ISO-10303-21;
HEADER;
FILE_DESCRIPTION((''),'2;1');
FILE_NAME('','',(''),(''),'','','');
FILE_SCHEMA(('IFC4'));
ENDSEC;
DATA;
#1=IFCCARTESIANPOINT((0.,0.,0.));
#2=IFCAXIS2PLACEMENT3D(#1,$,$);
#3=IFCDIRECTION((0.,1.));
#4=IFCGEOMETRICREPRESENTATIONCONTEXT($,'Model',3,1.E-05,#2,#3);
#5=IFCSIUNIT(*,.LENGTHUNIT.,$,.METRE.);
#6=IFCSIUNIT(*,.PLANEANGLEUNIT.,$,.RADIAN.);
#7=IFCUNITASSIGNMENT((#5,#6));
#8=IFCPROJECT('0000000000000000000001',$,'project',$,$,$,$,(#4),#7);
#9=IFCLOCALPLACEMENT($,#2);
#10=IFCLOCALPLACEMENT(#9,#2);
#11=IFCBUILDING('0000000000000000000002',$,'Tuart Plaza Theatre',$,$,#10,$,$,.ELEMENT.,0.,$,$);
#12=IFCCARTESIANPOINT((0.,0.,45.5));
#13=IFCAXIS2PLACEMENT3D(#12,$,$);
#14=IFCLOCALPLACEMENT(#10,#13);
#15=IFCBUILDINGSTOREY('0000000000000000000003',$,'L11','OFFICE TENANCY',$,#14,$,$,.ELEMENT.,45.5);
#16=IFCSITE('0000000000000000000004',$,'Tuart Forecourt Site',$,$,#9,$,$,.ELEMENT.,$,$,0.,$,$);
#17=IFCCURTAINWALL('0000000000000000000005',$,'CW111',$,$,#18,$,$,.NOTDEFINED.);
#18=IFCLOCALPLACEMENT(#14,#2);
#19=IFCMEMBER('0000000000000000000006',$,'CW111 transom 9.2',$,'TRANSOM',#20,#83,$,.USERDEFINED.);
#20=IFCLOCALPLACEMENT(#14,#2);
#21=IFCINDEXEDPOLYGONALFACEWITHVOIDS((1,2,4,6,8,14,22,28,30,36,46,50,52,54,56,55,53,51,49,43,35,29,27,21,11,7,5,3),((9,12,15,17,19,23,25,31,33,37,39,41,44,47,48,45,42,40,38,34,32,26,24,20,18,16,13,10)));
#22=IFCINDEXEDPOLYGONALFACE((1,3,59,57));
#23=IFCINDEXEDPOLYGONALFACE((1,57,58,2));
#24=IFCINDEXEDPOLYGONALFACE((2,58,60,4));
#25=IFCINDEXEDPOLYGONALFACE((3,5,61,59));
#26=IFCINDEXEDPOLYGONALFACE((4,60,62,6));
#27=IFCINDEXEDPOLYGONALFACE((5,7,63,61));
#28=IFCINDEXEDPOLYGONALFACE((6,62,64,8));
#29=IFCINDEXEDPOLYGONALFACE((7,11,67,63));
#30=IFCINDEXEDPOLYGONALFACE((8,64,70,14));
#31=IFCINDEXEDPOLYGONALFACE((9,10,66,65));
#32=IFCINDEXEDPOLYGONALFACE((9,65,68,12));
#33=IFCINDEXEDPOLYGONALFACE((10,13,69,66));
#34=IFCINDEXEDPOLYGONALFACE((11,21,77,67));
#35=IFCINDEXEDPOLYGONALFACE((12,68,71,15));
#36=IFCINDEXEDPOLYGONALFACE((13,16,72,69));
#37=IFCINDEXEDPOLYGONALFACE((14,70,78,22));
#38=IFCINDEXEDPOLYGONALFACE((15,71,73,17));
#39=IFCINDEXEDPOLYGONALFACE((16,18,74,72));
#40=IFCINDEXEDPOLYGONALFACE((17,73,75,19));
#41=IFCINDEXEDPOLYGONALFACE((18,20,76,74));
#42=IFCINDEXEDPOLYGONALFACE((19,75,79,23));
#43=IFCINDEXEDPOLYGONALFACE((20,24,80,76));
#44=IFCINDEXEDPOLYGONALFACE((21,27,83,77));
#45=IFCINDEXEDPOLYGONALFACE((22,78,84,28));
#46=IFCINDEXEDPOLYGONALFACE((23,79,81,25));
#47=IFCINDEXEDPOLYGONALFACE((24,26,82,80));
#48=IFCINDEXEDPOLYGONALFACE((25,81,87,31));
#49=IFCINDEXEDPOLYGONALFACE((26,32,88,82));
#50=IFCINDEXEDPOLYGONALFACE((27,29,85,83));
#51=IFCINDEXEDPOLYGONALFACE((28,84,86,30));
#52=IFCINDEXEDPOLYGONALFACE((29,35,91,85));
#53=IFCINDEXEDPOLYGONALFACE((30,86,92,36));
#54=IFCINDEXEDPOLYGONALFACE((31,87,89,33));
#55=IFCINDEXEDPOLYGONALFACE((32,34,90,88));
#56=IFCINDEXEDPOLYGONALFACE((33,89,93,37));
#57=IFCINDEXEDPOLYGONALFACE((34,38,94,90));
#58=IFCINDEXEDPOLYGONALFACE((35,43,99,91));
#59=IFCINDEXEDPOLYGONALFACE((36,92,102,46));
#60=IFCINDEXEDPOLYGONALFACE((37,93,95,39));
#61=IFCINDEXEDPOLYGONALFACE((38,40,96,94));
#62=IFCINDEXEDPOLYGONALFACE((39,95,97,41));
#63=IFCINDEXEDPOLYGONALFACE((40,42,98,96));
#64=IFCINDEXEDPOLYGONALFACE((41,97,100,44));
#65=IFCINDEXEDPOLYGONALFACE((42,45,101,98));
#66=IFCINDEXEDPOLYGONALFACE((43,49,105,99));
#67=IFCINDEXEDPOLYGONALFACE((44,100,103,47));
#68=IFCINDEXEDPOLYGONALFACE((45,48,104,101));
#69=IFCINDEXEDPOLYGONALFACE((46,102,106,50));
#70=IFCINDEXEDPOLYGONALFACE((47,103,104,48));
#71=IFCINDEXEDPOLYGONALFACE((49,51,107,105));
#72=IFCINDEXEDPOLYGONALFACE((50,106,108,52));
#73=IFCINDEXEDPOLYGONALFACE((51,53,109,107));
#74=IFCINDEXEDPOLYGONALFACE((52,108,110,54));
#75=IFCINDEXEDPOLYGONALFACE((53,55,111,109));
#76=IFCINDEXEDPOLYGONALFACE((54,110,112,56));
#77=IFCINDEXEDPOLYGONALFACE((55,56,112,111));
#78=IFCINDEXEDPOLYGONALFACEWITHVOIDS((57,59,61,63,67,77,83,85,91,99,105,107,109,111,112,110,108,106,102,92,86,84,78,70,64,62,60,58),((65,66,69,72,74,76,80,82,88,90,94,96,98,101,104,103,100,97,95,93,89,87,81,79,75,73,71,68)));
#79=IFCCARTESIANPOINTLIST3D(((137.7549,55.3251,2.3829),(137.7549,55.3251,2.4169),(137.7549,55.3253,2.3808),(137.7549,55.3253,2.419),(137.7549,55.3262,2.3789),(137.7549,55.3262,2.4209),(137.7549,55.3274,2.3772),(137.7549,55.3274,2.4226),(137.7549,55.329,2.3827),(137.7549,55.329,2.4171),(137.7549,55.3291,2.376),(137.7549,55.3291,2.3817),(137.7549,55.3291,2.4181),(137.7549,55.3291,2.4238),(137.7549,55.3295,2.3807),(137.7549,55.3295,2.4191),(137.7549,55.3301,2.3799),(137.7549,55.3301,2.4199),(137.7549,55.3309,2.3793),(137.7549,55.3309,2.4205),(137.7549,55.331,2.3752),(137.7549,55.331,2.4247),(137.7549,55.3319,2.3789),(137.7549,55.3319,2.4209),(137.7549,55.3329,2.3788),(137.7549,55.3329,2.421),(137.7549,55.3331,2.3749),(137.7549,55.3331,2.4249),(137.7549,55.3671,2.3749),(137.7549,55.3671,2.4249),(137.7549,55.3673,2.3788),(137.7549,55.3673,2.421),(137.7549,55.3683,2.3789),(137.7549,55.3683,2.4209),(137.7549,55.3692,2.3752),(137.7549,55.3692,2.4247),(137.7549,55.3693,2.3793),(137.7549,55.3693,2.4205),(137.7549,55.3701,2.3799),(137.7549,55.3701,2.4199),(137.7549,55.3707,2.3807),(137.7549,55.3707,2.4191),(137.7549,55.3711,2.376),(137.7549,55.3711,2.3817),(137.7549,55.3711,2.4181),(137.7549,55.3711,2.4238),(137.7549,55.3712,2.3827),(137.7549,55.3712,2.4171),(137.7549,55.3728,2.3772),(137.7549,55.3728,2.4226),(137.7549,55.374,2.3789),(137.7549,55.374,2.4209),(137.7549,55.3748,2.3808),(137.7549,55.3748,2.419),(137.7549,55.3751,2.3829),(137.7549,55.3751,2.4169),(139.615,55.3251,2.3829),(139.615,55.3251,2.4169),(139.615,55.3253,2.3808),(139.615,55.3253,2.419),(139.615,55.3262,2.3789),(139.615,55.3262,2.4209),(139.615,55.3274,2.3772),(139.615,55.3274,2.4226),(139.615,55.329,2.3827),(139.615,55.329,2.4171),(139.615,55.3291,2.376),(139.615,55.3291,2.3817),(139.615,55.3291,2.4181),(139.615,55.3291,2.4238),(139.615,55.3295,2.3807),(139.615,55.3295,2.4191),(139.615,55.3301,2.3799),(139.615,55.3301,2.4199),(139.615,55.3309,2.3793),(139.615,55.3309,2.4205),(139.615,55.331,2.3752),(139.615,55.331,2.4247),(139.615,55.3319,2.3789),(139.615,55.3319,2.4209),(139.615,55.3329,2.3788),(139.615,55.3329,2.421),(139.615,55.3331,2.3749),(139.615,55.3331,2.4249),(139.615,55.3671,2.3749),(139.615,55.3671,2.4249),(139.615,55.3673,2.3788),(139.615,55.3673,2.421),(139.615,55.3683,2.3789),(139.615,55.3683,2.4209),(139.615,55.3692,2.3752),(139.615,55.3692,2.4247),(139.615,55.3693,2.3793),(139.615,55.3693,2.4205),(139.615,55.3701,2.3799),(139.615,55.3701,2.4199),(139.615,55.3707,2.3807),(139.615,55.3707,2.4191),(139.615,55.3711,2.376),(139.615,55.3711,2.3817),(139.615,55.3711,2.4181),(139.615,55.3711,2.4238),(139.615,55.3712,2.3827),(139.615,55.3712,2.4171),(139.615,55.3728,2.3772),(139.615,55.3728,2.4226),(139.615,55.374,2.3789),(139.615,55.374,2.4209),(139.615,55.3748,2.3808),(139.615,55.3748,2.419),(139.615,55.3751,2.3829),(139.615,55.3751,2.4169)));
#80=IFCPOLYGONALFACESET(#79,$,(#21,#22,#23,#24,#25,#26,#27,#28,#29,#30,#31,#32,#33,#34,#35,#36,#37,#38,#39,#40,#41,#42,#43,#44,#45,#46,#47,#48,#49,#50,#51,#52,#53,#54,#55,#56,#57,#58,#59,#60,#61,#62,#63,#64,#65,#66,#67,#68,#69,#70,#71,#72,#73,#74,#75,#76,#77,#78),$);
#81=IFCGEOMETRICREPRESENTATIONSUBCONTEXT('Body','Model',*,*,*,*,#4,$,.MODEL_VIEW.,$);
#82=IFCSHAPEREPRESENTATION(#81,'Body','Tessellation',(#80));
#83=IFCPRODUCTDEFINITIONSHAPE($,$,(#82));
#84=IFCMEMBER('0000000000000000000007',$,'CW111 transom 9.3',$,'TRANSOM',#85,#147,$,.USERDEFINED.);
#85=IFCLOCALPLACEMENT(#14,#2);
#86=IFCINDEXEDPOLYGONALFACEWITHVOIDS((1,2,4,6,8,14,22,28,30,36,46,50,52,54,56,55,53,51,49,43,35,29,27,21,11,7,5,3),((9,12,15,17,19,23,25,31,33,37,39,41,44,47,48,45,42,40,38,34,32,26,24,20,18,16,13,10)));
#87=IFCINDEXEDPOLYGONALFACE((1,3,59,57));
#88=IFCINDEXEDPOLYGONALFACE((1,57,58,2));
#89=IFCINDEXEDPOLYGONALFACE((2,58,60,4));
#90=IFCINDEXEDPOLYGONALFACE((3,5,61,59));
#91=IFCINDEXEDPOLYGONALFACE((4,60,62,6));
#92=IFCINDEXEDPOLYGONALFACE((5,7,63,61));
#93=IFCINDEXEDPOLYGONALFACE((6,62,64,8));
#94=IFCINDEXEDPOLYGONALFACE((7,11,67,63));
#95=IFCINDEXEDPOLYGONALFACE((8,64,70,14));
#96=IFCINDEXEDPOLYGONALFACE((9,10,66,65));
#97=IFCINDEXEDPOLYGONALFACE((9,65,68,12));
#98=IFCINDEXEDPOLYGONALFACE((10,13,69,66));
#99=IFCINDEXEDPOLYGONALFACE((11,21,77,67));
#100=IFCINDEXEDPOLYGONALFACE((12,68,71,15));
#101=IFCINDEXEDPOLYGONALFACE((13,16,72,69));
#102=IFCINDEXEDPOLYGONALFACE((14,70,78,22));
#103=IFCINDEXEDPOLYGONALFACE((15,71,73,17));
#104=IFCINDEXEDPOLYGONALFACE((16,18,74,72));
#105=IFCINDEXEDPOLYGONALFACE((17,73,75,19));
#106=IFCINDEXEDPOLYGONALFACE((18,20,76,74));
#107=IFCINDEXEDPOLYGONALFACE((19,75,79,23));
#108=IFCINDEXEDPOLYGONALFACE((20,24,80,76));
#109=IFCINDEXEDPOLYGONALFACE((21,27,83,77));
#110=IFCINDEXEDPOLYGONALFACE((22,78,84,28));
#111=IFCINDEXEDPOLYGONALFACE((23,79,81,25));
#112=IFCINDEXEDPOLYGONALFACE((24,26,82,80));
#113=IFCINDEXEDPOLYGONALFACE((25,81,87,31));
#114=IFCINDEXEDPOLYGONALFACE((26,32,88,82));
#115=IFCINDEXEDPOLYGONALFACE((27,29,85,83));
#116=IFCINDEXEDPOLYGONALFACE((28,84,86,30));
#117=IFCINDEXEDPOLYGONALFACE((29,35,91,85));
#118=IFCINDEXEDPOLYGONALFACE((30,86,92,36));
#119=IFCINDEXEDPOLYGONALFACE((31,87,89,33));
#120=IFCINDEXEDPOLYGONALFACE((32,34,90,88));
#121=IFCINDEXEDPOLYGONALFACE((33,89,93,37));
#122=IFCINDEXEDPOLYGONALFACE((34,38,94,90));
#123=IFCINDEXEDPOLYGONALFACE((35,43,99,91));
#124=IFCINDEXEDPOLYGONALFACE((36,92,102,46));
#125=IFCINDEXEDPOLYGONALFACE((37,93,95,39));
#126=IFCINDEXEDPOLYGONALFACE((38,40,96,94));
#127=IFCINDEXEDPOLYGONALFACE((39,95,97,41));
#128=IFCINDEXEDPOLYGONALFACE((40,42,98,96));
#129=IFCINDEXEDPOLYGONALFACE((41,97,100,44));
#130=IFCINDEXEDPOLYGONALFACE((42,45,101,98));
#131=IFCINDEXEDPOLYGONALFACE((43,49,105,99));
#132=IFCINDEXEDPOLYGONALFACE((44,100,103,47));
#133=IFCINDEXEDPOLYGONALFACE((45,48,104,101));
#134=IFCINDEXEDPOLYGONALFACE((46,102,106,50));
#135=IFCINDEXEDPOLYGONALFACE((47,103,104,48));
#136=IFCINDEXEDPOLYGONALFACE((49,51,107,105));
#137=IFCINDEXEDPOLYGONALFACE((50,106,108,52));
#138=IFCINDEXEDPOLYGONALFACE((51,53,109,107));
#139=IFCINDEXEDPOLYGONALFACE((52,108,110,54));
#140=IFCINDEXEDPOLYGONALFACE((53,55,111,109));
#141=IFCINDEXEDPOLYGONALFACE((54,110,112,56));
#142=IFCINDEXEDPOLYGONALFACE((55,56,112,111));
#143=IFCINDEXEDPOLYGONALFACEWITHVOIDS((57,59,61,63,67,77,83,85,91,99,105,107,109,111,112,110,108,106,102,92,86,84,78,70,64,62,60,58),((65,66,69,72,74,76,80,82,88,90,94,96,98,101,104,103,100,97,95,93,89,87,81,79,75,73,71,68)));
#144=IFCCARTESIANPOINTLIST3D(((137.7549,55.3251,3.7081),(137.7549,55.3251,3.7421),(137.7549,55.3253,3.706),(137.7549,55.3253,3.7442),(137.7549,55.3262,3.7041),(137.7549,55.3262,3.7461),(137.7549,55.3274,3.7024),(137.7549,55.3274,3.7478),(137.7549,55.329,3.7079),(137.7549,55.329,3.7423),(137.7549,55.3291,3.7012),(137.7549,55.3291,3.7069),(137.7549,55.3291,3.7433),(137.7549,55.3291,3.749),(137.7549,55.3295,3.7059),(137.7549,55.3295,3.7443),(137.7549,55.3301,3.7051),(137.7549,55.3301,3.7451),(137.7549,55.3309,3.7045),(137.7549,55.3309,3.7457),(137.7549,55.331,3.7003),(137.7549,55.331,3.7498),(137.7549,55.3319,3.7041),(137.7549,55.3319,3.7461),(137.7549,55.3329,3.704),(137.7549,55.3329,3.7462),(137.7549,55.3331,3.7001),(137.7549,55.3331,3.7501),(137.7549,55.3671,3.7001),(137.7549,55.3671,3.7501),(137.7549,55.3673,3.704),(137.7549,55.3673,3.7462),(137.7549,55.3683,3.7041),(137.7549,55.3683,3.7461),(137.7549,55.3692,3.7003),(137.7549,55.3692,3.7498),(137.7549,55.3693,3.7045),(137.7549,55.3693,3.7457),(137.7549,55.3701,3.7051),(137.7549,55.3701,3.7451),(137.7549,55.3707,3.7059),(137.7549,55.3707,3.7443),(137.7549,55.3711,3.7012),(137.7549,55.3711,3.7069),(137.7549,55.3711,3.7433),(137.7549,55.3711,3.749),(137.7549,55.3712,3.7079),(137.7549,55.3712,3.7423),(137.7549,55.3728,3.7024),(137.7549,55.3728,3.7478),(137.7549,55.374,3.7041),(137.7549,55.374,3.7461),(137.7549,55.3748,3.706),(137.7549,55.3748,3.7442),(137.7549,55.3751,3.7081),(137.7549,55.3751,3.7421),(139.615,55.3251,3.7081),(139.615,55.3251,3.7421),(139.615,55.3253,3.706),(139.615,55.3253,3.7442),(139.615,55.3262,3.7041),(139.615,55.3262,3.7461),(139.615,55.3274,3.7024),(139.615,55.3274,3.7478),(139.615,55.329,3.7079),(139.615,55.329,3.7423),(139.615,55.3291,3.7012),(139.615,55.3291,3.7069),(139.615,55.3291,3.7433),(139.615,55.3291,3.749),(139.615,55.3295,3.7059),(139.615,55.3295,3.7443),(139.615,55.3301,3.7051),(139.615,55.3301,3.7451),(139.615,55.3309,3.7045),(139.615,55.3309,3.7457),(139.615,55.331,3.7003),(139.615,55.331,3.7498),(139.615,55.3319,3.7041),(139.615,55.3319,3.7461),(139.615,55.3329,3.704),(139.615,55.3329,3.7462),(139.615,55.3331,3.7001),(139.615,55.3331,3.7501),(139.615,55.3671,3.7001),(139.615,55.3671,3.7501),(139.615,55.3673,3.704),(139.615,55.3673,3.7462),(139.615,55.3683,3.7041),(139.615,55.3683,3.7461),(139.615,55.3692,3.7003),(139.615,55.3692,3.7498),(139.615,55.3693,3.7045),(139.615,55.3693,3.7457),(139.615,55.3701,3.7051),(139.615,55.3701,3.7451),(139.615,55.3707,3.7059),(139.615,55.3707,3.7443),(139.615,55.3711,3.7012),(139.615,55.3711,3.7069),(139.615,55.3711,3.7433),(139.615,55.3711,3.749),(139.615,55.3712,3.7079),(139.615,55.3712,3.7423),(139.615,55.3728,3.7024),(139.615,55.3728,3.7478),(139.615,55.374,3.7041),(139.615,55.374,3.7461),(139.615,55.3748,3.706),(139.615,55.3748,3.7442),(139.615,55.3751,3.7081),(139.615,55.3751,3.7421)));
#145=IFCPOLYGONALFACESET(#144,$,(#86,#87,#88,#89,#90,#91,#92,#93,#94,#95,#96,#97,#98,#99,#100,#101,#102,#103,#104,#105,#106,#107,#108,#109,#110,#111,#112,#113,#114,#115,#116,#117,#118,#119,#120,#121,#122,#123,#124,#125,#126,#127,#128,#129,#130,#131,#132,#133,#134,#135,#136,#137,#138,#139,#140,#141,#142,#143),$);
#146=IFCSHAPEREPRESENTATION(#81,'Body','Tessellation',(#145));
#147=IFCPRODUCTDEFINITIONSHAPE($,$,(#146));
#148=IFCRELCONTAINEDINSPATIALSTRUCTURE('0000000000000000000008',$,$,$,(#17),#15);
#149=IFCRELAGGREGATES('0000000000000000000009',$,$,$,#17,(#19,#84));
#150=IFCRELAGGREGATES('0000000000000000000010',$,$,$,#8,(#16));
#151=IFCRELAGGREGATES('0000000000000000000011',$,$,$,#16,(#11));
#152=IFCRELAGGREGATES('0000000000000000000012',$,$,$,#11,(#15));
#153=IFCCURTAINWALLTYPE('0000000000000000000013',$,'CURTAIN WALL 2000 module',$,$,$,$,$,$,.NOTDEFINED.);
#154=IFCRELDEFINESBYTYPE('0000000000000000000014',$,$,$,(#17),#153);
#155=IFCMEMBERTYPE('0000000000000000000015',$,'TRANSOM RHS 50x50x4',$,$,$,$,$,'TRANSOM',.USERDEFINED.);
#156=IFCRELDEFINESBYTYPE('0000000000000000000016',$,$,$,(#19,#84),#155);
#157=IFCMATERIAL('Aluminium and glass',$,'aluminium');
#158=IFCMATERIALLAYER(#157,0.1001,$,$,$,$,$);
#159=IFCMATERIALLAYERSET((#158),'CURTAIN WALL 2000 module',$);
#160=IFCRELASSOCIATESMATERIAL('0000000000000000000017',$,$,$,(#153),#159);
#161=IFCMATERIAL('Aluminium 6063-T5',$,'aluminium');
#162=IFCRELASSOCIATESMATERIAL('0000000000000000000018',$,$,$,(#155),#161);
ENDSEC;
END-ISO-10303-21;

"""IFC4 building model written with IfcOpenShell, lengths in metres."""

from ifc_helpers import new_model, si_unit, direction, frame, origin, origin_2d, place, context, subcontext, project, spatial, hollow_rectangle, extrude, material, layer, layer_set, material_profile, profile_set, type_object, element, aggregate, save


model = new_model("IFC4")

# Units and contexts
model_context = context("Model", 3, precision=1e-05, world=origin(), true_north=direction((0.0, 1.0)))
body_context = subcontext(model_context, "Body", "Model", "MODEL_VIEW")
ifc_project = project(units=[si_unit("LENGTHUNIT", "METRE"), si_unit("PLANEANGLEUNIT", "RADIAN")], contexts=[model_context])

# Site, building, storey
site_placement = place(None, origin())
site = spatial("IfcSite", under=ifc_project, at=site_placement, Name="Tuart Forecourt Site", CompositionType="ELEMENT", RefElevation=0.0)
building_placement = place(site_placement, origin())
building = spatial("IfcBuilding", under=site, at=building_placement, Name="Tuart Plaza Theatre", CompositionType="ELEMENT", ElevationOfRefHeight=0.0)
storey_placement = place(building_placement, frame((0.0, 0.0, 45.5)))
storey = spatial("IfcBuildingStorey", under=building, at=storey_placement, Name="L11", Description="OFFICE TENANCY", CompositionType="ELEMENT", Elevation=45.5)

# Shared definitions
ifc_material_1 = material(Name="Aluminium and glass", Category="aluminium")
ifc_layer_1 = layer(ifc_material_1, 0.1001)
ifc_layer_set_1 = layer_set([ifc_layer_1], Name="CURTAIN WALL 2000 module")
curtain_wall_type = type_object("IfcCurtainWallType", Name="CURTAIN WALL 2000 module", PredefinedType="NOTDEFINED", material=ifc_layer_set_1)

# Curtain wall
curtain_wall_1_placement = place(storey_placement, origin())
curtain_wall_1 = element("IfcCurtainWall", 1, at=curtain_wall_1_placement, inside=storey, type_object=curtain_wall_type, Name="CW111", PredefinedType="NOTDEFINED")

# Members
ifc_material_2 = material(Name="Aluminium 6063-T5", Category="aluminium")
ifc_material_profile_1 = material_profile(ifc_material_2, hollow_rectangle(XDim=0.05, YDim=0.05, WallThickness=0.0039, InnerFilletRadius=0.0039, OuterFilletRadius=0.0081, at=origin_2d()), Name="RHS 50x50x4")
ifc_profile_set_1 = profile_set([ifc_material_profile_1], Name="Aluminium 6063-T5")
member_type_1 = type_object("IfcMemberType", Name="TRANSOM RHS 50x50x4", ElementType="TRANSOM", PredefinedType="USERDEFINED", material=ifc_profile_set_1)
member_1_placement = place(storey_placement, frame((137.7549, 55.3501, 2.3999), z_axis=(1.0, 0.0, 0.0), x_axis=(0.0, 1.0, 0.0)))
member_1 = element("IfcMember", 2, at=member_1_placement, type_object=member_type_1, Name="CW111 transom 9.2", ObjectType="TRANSOM", PredefinedType="USERDEFINED", context=body_context, shape_type="SweptSolid", body=[
    extrude(hollow_rectangle(XDim=0.05, YDim=0.05, WallThickness=0.0039, InnerFilletRadius=0.0039, OuterFilletRadius=0.0081, at=origin_2d()), origin(), (0.0, 0.0, 1.0), 1.8601),
])
member_2_placement = place(storey_placement, frame((137.7549, 55.3501, 3.7251), z_axis=(1.0, 0.0, 0.0), x_axis=(0.0, 1.0, 0.0)))
member_2 = element("IfcMember", 3, at=member_2_placement, type_object=member_type_1, Name="CW111 transom 9.3", ObjectType="TRANSOM", PredefinedType="USERDEFINED", context=body_context, shape_type="SweptSolid", body=[
    extrude(hollow_rectangle(XDim=0.05, YDim=0.05, WallThickness=0.0039, InnerFilletRadius=0.0039, OuterFilletRadius=0.0081, at=origin_2d()), origin(), (0.0, 0.0, 1.0), 1.8601),
])

aggregate(curtain_wall_1, [member_1, member_2])

save(model, "model.ifc")
